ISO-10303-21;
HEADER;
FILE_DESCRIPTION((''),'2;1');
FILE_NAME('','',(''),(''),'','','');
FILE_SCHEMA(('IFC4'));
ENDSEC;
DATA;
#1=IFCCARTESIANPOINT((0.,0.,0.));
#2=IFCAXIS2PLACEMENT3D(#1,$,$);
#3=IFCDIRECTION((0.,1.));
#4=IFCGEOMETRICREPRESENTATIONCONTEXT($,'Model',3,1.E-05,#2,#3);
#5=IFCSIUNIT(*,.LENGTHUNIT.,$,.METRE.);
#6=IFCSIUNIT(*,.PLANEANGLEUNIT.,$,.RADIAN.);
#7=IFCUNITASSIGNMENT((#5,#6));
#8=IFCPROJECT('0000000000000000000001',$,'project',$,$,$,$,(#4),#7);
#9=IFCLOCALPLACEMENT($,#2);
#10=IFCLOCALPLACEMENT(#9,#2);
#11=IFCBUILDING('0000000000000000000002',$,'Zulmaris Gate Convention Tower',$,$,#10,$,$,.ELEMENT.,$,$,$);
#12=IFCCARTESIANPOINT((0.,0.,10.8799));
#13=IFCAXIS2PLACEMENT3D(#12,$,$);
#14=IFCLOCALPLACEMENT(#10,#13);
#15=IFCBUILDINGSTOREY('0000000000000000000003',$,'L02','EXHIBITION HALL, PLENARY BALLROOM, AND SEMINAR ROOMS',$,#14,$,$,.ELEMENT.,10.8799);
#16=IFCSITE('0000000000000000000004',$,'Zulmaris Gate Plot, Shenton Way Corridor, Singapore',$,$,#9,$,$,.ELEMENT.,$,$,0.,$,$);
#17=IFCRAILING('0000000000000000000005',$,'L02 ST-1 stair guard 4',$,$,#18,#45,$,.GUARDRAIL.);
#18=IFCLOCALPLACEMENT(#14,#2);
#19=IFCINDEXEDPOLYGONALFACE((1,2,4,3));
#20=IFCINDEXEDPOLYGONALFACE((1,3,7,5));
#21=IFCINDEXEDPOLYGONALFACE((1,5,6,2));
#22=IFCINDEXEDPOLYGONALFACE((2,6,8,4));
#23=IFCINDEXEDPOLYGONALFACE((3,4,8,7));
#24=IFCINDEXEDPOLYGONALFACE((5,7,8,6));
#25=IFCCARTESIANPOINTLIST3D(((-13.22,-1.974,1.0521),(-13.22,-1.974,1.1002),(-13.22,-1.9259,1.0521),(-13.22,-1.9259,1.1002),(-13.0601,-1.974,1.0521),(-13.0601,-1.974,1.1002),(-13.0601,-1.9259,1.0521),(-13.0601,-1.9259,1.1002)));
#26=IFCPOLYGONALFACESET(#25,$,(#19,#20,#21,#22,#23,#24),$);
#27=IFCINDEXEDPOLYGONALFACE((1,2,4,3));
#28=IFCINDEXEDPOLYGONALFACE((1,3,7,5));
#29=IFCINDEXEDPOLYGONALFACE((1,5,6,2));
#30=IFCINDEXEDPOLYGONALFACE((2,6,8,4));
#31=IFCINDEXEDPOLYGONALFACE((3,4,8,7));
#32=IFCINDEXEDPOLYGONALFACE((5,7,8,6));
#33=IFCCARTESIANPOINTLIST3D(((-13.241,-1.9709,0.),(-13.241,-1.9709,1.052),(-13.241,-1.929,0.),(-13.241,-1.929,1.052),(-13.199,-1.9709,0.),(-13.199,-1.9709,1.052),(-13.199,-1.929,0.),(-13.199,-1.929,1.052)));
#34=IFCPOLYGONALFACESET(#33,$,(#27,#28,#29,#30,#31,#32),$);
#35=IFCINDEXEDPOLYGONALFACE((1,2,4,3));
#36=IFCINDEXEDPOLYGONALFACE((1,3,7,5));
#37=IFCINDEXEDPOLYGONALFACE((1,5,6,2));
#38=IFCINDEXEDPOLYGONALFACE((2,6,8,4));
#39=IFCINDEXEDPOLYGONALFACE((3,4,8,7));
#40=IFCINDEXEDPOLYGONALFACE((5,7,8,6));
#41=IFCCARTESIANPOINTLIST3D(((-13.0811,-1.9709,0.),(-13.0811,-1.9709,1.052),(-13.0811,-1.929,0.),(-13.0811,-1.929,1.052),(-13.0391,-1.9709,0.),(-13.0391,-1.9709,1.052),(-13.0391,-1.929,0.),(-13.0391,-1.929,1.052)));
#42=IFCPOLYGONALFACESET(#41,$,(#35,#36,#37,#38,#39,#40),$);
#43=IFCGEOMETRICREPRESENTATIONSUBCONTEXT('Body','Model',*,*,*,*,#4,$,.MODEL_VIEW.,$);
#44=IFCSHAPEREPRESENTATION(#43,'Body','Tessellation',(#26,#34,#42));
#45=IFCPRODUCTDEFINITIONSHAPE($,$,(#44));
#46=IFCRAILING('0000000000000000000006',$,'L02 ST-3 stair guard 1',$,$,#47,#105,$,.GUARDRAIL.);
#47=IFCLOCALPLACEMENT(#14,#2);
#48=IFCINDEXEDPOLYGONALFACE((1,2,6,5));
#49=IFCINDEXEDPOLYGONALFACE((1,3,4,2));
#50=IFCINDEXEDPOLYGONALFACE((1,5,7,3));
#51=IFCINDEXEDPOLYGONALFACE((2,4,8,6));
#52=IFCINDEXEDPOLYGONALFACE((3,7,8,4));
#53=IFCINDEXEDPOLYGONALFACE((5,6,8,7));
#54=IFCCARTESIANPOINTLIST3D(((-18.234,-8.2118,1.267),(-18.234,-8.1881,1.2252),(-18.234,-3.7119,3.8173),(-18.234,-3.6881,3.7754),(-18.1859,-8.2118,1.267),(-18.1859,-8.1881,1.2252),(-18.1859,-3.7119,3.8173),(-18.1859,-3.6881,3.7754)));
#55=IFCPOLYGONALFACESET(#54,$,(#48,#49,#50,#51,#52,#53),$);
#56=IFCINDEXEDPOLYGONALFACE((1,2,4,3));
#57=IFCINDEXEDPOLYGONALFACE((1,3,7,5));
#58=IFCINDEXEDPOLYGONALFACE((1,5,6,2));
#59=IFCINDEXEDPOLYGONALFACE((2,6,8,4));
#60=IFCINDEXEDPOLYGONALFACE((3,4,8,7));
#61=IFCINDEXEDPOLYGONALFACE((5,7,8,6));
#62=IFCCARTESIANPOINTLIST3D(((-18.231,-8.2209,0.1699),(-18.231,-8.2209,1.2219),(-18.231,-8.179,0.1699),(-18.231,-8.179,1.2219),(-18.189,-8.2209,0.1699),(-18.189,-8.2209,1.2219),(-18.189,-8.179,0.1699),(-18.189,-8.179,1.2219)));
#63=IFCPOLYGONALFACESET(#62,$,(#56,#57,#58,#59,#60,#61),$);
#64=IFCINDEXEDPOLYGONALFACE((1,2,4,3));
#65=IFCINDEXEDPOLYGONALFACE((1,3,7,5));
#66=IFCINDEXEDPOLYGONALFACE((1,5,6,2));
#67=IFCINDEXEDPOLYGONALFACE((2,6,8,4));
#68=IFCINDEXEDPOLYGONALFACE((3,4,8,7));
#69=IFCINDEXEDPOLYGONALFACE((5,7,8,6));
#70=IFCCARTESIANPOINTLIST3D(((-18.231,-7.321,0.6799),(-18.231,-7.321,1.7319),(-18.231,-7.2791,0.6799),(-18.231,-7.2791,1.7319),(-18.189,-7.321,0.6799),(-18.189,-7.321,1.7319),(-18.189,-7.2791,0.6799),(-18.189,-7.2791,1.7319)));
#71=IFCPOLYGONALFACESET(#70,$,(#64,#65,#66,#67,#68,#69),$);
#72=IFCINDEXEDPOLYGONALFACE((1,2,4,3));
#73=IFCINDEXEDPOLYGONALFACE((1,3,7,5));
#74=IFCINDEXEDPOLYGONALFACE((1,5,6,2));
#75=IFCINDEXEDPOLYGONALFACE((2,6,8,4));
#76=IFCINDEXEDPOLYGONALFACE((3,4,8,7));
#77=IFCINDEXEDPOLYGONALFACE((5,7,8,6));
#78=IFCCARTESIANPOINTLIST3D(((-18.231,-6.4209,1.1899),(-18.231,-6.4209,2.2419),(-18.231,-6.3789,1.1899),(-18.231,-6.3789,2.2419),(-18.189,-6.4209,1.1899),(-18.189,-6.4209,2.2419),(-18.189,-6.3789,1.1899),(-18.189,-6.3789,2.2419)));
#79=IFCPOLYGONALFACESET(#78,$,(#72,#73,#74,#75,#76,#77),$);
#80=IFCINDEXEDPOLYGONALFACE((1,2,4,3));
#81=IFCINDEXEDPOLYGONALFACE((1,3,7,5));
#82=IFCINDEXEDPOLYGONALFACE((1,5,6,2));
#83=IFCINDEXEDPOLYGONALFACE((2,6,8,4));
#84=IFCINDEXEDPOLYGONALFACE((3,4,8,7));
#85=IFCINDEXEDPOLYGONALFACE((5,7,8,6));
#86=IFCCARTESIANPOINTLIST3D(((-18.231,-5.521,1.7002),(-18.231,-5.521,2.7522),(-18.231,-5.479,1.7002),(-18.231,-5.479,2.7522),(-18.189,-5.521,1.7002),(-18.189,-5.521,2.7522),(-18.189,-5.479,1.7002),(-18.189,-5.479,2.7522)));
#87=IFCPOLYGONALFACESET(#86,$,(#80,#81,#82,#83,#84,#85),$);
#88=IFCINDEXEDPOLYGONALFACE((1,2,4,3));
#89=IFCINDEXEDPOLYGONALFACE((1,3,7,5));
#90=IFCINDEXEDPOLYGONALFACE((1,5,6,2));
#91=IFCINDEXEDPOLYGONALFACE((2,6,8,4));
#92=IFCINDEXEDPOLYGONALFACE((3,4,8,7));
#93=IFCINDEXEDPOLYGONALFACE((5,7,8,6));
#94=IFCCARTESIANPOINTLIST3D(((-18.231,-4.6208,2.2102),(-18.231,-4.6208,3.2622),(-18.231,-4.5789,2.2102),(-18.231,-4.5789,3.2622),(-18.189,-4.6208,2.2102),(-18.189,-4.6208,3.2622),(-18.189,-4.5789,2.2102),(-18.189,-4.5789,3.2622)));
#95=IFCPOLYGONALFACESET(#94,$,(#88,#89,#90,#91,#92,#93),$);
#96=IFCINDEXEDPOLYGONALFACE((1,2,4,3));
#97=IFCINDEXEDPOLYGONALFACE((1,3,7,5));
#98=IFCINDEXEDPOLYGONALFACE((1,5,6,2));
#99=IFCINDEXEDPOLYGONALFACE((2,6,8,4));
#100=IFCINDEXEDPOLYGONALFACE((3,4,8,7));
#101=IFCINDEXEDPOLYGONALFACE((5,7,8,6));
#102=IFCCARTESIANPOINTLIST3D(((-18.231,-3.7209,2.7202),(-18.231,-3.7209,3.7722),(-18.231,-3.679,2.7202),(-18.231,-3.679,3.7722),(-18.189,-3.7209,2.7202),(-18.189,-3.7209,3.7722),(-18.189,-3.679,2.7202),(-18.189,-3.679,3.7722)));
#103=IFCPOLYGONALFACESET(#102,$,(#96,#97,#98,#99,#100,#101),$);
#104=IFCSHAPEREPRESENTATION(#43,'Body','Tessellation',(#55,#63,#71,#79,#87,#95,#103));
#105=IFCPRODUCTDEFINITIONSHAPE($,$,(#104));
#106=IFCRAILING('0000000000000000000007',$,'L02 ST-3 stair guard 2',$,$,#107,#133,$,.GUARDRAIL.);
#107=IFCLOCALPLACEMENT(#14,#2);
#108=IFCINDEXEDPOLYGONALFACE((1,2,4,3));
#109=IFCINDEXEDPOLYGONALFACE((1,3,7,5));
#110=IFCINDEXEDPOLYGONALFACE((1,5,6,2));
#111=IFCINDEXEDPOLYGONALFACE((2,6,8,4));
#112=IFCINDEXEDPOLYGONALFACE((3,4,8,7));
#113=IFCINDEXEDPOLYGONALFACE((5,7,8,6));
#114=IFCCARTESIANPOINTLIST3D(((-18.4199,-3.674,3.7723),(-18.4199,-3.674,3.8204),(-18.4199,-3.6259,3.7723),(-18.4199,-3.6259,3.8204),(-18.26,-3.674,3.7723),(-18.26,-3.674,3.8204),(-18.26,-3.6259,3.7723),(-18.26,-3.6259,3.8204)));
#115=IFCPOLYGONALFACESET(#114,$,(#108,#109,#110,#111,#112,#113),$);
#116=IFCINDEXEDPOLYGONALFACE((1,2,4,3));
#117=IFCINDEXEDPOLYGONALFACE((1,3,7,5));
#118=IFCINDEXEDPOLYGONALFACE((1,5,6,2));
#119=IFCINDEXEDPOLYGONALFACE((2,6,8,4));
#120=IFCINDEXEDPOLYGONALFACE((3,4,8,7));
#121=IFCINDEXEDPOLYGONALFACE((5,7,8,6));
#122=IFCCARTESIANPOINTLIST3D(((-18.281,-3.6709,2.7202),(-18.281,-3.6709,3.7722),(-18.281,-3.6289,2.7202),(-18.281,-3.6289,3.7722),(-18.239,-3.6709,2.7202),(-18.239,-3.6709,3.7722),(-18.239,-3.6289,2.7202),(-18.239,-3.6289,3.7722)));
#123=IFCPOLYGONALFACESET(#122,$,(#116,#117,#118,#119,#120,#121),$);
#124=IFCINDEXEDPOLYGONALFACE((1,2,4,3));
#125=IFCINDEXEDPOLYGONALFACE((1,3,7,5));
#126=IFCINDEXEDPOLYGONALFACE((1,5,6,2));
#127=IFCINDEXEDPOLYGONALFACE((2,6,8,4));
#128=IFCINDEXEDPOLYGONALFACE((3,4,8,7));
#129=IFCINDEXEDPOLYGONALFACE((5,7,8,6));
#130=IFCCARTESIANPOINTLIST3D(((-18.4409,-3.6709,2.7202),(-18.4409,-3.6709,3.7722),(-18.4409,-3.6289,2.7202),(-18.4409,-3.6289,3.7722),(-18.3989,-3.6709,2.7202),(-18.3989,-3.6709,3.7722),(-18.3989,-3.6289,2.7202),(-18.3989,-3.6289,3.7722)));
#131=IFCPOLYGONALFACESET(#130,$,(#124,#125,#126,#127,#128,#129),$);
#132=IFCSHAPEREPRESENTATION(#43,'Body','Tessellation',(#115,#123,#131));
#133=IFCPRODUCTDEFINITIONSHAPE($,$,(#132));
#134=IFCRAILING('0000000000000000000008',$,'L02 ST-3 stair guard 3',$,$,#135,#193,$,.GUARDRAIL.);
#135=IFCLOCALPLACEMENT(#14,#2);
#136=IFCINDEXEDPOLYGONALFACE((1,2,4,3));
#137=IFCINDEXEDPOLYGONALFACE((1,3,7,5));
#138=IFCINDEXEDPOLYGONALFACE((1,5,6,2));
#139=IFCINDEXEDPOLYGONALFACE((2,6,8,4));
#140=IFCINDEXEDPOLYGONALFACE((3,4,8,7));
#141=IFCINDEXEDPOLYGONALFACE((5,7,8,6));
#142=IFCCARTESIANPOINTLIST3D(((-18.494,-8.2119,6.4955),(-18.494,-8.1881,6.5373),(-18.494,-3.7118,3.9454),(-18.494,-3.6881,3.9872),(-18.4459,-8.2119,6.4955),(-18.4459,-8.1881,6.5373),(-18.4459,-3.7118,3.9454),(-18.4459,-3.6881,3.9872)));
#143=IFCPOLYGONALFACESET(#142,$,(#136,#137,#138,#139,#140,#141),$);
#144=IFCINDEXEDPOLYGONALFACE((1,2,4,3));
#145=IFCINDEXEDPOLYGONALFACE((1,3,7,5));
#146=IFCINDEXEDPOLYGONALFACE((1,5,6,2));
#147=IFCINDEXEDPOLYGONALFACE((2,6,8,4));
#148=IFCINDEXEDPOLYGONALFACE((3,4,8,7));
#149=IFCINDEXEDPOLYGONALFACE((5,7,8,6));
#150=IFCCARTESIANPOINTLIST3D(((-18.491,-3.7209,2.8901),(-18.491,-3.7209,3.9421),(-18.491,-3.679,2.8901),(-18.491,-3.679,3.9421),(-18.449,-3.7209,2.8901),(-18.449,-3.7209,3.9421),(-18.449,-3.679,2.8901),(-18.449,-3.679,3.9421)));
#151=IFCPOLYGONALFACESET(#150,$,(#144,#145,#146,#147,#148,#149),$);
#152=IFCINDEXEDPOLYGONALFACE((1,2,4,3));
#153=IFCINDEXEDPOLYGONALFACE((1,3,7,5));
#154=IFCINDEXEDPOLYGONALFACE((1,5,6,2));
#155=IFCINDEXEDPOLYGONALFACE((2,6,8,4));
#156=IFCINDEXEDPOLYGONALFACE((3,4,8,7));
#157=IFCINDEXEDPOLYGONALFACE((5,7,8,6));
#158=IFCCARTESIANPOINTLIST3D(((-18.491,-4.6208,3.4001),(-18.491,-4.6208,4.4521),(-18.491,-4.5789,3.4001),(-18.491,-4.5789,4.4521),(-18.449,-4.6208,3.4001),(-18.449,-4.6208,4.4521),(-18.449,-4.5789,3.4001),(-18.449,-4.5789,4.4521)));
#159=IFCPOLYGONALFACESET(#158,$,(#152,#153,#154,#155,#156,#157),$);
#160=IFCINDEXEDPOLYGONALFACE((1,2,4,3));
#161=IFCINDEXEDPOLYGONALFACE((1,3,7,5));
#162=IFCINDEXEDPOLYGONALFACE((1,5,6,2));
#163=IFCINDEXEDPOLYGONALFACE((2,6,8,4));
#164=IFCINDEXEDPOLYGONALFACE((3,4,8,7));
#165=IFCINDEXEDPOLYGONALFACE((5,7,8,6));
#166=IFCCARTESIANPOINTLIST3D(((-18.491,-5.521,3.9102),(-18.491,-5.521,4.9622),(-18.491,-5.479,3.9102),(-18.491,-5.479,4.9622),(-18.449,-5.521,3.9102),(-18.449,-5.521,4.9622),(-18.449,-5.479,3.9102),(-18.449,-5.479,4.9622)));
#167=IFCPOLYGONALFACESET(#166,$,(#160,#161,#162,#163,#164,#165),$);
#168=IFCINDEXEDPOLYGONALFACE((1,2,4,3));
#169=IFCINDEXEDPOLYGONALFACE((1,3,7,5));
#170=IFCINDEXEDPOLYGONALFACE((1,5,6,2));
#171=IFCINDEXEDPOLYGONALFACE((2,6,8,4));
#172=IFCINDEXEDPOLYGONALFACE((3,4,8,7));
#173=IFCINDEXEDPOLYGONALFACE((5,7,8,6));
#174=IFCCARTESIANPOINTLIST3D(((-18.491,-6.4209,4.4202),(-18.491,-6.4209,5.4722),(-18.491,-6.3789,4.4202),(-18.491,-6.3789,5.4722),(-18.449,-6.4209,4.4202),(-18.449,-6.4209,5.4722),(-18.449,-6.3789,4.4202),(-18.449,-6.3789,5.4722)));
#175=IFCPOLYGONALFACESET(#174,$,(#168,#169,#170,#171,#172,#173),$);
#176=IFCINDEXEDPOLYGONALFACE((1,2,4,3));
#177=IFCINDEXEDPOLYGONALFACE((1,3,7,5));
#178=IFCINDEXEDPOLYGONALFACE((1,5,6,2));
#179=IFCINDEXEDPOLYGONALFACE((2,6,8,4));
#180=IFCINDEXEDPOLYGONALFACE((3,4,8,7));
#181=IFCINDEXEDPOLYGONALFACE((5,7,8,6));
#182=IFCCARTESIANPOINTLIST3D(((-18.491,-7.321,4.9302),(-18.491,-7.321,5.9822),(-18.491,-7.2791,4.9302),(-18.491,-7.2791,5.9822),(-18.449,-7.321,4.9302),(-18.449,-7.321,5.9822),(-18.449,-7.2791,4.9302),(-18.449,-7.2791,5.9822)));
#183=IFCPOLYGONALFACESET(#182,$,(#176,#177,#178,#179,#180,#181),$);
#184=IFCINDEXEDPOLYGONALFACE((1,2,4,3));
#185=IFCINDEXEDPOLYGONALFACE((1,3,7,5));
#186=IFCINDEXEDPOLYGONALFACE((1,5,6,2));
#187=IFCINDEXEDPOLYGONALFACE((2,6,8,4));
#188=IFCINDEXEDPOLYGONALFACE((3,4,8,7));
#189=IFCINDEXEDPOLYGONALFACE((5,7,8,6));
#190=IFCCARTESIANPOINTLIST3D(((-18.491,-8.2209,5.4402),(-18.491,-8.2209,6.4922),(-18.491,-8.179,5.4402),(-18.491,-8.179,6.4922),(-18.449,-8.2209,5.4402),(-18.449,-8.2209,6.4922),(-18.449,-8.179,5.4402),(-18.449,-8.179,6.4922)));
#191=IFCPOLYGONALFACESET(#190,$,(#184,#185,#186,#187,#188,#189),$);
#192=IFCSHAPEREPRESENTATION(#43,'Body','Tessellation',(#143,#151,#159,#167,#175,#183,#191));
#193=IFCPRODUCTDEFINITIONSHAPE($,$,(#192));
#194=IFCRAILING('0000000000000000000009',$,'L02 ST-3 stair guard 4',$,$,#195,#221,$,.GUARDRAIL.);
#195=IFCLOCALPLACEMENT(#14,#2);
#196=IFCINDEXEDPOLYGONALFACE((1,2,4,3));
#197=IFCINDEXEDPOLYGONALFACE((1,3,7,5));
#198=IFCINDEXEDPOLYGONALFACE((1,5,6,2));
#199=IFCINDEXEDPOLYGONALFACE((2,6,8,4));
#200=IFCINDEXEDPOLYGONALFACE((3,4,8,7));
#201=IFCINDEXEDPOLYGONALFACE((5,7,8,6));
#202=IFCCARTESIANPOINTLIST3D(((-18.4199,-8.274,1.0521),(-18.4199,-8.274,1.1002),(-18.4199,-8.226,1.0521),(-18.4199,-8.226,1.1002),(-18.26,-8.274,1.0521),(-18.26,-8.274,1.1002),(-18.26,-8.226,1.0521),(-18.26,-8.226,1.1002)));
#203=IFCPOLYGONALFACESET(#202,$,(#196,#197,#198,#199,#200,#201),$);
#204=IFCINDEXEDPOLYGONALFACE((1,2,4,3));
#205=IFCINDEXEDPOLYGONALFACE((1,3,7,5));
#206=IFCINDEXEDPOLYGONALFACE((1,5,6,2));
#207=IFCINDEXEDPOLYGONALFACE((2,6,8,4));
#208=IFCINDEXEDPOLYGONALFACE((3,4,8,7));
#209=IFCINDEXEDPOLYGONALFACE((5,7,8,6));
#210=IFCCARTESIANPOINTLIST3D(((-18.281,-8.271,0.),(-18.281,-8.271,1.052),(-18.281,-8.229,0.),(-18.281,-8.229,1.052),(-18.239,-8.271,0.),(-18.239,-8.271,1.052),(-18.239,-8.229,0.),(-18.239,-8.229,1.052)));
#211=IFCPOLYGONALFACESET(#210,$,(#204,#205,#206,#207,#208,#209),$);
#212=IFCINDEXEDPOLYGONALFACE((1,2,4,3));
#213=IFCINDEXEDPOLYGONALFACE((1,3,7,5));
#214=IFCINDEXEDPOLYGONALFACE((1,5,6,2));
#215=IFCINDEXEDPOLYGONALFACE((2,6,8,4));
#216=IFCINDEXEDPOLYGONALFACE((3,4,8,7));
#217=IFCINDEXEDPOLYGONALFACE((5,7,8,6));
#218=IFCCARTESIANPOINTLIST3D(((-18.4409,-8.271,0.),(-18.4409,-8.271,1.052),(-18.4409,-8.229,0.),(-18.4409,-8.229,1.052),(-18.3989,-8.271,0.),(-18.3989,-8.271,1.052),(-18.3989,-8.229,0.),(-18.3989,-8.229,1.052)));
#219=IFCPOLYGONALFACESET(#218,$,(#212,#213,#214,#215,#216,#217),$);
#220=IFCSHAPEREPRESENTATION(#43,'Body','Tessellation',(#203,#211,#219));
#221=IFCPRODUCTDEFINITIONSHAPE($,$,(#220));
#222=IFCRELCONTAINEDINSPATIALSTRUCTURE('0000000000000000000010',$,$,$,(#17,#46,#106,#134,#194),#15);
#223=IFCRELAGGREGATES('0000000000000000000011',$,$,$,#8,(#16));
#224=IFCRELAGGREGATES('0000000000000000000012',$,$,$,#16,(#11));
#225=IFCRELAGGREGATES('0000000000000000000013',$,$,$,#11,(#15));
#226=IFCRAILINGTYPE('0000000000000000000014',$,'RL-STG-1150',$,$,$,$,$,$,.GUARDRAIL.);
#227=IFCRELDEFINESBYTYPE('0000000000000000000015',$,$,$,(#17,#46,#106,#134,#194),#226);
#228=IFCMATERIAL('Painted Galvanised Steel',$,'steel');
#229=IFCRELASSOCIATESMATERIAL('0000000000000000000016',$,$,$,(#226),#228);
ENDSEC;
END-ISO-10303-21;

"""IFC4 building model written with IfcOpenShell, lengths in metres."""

from ifc_helpers import new_model, si_unit, direction, frame, origin, origin_2d, place, context, subcontext, project, spatial, rectangle, extrude, material, type_object, element, save


model = new_model("IFC4")

# Units and contexts
model_context = context("Model", 3, precision=1e-05, world=origin(), true_north=direction((0.0, 1.0)))
body_context = subcontext(model_context, "Body", "Model", "MODEL_VIEW")
ifc_project = project(units=[si_unit("LENGTHUNIT", "METRE"), si_unit("PLANEANGLEUNIT", "RADIAN")], contexts=[model_context])

# Site, building, storey
site_placement = place(None, origin())
site = spatial("IfcSite", under=ifc_project, at=site_placement, Name="Zulmaris Gate Plot, Shenton Way Corridor, Singapore", CompositionType="ELEMENT", RefElevation=0.0)
building_placement = place(site_placement, origin())
building = spatial("IfcBuilding", under=site, at=building_placement, Name="Zulmaris Gate Convention Tower", CompositionType="ELEMENT")
storey_placement = place(building_placement, frame((0.0, 0.0, 10.8799)))
storey = spatial("IfcBuildingStorey", under=building, at=storey_placement, Name="L02", Description="EXHIBITION HALL, PLENARY BALLROOM, AND SEMINAR ROOMS", CompositionType="ELEMENT", Elevation=10.8799)

# Railings
ifc_material_1 = material(Name="Painted Galvanised Steel", Category="steel")
railing_type_1 = type_object("IfcRailingType", Name="RL-STG-1150", PredefinedType="GUARDRAIL", material=ifc_material_1)
railing_1_placement = place(storey_placement, frame((-13.22, -1.95, 0.0)))
element("IfcRailing", 1, at=railing_1_placement, inside=storey, type_object=railing_type_1, Name="L02 ST-1 stair guard 4", PredefinedType="GUARDRAIL", context=body_context, shape_type="SweptSolid", body=[
    extrude(rectangle(XDim=0.0481, YDim=0.0481, at=origin_2d()), frame((0.0, 0.0, 1.0762), z_axis=(1.0, 0.0, 0.0), x_axis=(0.0, 1.0, 0.0)), (0.0, 0.0, 1.0), 0.1599),
    extrude(rectangle(XDim=0.042, YDim=0.042, at=origin_2d()), origin(), (0.0, 0.0, 1.0), 1.052),
    extrude(rectangle(XDim=0.042, YDim=0.042, at=origin_2d()), frame((0.1599, 0.0, 0.0)), (0.0, 0.0, 1.0), 1.052),
])
railing_2_placement = place(storey_placement, frame((-18.21, -8.2, 0.1699)))
element("IfcRailing", 2, at=railing_2_placement, inside=storey, type_object=railing_type_1, Name="L02 ST-3 stair guard 1", PredefinedType="GUARDRAIL", context=body_context, shape_type="SweptSolid", body=[
    extrude(rectangle(XDim=0.0481, YDim=0.0481, at=origin_2d()), frame((0.0, 0.0, 1.0762), z_axis=(0.0, 0.869998, 0.493055), x_axis=(-1.0, 0.0, 0.0)), (0.0, 0.0, 1.0), 5.1724),
    extrude(rectangle(XDim=0.042, YDim=0.042, at=origin_2d()), origin(), (0.0, 0.0, 1.0), 1.052),
    extrude(rectangle(XDim=0.042, YDim=0.042, at=origin_2d()), frame((0.0, 0.8999, 0.51)), (0.0, 0.0, 1.0), 1.052),
    extrude(rectangle(XDim=0.042, YDim=0.042, at=origin_2d()), frame((0.0, 1.8, 1.02)), (0.0, 0.0, 1.0), 1.052),
    extrude(rectangle(XDim=0.042, YDim=0.042, at=origin_2d()), frame((0.0, 2.7, 1.5303)), (0.0, 0.0, 1.0), 1.052),
    extrude(rectangle(XDim=0.042, YDim=0.042, at=origin_2d()), frame((0.0, 3.6001, 2.0403)), (0.0, 0.0, 1.0), 1.052),
    extrude(rectangle(XDim=0.042, YDim=0.042, at=origin_2d()), frame((0.0, 4.5, 2.5503)), (0.0, 0.0, 1.0), 1.052),
])
railing_3_placement = place(storey_placement, frame((-18.26, -3.6499, 2.7202)))
element("IfcRailing", 3, at=railing_3_placement, inside=storey, type_object=railing_type_1, Name="L02 ST-3 stair guard 2", PredefinedType="GUARDRAIL", context=body_context, shape_type="SweptSolid", body=[
    extrude(rectangle(XDim=0.0481, YDim=0.0481, at=origin_2d()), frame((0.0, 0.0, 1.0762), z_axis=(-1.0, 0.0, 0.0), x_axis=(0.0, -1.0, 0.0)), (0.0, 0.0, 1.0), 0.1599),
    extrude(rectangle(XDim=0.042, YDim=0.042, at=origin_2d()), origin(), (0.0, 0.0, 1.0), 1.052),
    extrude(rectangle(XDim=0.042, YDim=0.042, at=origin_2d()), frame((-0.1599, 0.0, 0.0)), (0.0, 0.0, 1.0), 1.052),
])
railing_4_placement = place(storey_placement, frame((-18.47, -3.7, 2.8901)))
element("IfcRailing", 4, at=railing_4_placement, inside=storey, type_object=railing_type_1, Name="L02 ST-3 stair guard 3", PredefinedType="GUARDRAIL", context=body_context, shape_type="SweptSolid", body=[
    extrude(rectangle(XDim=0.0481, YDim=0.0481, at=origin_2d()), frame((0.0, 0.0, 1.0762), z_axis=(0.0, -0.870018, 0.49302), x_axis=(1.0, 0.0, 0.0)), (0.0, 0.0, 1.0), 5.1724),
    extrude(rectangle(XDim=0.042, YDim=0.042, at=origin_2d()), origin(), (0.0, 0.0, 1.0), 1.052),
    extrude(rectangle(XDim=0.042, YDim=0.042, at=origin_2d()), frame((0.0, -0.8999, 0.51)), (0.0, 0.0, 1.0), 1.052),
    extrude(rectangle(XDim=0.042, YDim=0.042, at=origin_2d()), frame((0.0, -1.8, 1.02)), (0.0, 0.0, 1.0), 1.052),
    extrude(rectangle(XDim=0.042, YDim=0.042, at=origin_2d()), frame((0.0, -2.7, 1.53)), (0.0, 0.0, 1.0), 1.052),
    extrude(rectangle(XDim=0.042, YDim=0.042, at=origin_2d()), frame((0.0, -3.6001, 2.04)), (0.0, 0.0, 1.0), 1.052),
    extrude(rectangle(XDim=0.042, YDim=0.042, at=origin_2d()), frame((0.0, -4.5, 2.55)), (0.0, 0.0, 1.0), 1.052),
])
railing_5_placement = place(storey_placement, frame((-18.26, -8.25, 0.0)))
element("IfcRailing", 5, at=railing_5_placement, inside=storey, type_object=railing_type_1, Name="L02 ST-3 stair guard 4", PredefinedType="GUARDRAIL", context=body_context, shape_type="SweptSolid", body=[
    extrude(rectangle(XDim=0.0481, YDim=0.0481, at=origin_2d()), frame((0.0, 0.0, 1.0762), z_axis=(-1.0, 0.0, 0.0), x_axis=(0.0, -1.0, 0.0)), (0.0, 0.0, 1.0), 0.1599),
    extrude(rectangle(XDim=0.042, YDim=0.042, at=origin_2d()), origin(), (0.0, 0.0, 1.0), 1.052),
    extrude(rectangle(XDim=0.042, YDim=0.042, at=origin_2d()), frame((-0.1599, 0.0, 0.0)), (0.0, 0.0, 1.0), 1.052),
])

save(model, "model.ifc")
